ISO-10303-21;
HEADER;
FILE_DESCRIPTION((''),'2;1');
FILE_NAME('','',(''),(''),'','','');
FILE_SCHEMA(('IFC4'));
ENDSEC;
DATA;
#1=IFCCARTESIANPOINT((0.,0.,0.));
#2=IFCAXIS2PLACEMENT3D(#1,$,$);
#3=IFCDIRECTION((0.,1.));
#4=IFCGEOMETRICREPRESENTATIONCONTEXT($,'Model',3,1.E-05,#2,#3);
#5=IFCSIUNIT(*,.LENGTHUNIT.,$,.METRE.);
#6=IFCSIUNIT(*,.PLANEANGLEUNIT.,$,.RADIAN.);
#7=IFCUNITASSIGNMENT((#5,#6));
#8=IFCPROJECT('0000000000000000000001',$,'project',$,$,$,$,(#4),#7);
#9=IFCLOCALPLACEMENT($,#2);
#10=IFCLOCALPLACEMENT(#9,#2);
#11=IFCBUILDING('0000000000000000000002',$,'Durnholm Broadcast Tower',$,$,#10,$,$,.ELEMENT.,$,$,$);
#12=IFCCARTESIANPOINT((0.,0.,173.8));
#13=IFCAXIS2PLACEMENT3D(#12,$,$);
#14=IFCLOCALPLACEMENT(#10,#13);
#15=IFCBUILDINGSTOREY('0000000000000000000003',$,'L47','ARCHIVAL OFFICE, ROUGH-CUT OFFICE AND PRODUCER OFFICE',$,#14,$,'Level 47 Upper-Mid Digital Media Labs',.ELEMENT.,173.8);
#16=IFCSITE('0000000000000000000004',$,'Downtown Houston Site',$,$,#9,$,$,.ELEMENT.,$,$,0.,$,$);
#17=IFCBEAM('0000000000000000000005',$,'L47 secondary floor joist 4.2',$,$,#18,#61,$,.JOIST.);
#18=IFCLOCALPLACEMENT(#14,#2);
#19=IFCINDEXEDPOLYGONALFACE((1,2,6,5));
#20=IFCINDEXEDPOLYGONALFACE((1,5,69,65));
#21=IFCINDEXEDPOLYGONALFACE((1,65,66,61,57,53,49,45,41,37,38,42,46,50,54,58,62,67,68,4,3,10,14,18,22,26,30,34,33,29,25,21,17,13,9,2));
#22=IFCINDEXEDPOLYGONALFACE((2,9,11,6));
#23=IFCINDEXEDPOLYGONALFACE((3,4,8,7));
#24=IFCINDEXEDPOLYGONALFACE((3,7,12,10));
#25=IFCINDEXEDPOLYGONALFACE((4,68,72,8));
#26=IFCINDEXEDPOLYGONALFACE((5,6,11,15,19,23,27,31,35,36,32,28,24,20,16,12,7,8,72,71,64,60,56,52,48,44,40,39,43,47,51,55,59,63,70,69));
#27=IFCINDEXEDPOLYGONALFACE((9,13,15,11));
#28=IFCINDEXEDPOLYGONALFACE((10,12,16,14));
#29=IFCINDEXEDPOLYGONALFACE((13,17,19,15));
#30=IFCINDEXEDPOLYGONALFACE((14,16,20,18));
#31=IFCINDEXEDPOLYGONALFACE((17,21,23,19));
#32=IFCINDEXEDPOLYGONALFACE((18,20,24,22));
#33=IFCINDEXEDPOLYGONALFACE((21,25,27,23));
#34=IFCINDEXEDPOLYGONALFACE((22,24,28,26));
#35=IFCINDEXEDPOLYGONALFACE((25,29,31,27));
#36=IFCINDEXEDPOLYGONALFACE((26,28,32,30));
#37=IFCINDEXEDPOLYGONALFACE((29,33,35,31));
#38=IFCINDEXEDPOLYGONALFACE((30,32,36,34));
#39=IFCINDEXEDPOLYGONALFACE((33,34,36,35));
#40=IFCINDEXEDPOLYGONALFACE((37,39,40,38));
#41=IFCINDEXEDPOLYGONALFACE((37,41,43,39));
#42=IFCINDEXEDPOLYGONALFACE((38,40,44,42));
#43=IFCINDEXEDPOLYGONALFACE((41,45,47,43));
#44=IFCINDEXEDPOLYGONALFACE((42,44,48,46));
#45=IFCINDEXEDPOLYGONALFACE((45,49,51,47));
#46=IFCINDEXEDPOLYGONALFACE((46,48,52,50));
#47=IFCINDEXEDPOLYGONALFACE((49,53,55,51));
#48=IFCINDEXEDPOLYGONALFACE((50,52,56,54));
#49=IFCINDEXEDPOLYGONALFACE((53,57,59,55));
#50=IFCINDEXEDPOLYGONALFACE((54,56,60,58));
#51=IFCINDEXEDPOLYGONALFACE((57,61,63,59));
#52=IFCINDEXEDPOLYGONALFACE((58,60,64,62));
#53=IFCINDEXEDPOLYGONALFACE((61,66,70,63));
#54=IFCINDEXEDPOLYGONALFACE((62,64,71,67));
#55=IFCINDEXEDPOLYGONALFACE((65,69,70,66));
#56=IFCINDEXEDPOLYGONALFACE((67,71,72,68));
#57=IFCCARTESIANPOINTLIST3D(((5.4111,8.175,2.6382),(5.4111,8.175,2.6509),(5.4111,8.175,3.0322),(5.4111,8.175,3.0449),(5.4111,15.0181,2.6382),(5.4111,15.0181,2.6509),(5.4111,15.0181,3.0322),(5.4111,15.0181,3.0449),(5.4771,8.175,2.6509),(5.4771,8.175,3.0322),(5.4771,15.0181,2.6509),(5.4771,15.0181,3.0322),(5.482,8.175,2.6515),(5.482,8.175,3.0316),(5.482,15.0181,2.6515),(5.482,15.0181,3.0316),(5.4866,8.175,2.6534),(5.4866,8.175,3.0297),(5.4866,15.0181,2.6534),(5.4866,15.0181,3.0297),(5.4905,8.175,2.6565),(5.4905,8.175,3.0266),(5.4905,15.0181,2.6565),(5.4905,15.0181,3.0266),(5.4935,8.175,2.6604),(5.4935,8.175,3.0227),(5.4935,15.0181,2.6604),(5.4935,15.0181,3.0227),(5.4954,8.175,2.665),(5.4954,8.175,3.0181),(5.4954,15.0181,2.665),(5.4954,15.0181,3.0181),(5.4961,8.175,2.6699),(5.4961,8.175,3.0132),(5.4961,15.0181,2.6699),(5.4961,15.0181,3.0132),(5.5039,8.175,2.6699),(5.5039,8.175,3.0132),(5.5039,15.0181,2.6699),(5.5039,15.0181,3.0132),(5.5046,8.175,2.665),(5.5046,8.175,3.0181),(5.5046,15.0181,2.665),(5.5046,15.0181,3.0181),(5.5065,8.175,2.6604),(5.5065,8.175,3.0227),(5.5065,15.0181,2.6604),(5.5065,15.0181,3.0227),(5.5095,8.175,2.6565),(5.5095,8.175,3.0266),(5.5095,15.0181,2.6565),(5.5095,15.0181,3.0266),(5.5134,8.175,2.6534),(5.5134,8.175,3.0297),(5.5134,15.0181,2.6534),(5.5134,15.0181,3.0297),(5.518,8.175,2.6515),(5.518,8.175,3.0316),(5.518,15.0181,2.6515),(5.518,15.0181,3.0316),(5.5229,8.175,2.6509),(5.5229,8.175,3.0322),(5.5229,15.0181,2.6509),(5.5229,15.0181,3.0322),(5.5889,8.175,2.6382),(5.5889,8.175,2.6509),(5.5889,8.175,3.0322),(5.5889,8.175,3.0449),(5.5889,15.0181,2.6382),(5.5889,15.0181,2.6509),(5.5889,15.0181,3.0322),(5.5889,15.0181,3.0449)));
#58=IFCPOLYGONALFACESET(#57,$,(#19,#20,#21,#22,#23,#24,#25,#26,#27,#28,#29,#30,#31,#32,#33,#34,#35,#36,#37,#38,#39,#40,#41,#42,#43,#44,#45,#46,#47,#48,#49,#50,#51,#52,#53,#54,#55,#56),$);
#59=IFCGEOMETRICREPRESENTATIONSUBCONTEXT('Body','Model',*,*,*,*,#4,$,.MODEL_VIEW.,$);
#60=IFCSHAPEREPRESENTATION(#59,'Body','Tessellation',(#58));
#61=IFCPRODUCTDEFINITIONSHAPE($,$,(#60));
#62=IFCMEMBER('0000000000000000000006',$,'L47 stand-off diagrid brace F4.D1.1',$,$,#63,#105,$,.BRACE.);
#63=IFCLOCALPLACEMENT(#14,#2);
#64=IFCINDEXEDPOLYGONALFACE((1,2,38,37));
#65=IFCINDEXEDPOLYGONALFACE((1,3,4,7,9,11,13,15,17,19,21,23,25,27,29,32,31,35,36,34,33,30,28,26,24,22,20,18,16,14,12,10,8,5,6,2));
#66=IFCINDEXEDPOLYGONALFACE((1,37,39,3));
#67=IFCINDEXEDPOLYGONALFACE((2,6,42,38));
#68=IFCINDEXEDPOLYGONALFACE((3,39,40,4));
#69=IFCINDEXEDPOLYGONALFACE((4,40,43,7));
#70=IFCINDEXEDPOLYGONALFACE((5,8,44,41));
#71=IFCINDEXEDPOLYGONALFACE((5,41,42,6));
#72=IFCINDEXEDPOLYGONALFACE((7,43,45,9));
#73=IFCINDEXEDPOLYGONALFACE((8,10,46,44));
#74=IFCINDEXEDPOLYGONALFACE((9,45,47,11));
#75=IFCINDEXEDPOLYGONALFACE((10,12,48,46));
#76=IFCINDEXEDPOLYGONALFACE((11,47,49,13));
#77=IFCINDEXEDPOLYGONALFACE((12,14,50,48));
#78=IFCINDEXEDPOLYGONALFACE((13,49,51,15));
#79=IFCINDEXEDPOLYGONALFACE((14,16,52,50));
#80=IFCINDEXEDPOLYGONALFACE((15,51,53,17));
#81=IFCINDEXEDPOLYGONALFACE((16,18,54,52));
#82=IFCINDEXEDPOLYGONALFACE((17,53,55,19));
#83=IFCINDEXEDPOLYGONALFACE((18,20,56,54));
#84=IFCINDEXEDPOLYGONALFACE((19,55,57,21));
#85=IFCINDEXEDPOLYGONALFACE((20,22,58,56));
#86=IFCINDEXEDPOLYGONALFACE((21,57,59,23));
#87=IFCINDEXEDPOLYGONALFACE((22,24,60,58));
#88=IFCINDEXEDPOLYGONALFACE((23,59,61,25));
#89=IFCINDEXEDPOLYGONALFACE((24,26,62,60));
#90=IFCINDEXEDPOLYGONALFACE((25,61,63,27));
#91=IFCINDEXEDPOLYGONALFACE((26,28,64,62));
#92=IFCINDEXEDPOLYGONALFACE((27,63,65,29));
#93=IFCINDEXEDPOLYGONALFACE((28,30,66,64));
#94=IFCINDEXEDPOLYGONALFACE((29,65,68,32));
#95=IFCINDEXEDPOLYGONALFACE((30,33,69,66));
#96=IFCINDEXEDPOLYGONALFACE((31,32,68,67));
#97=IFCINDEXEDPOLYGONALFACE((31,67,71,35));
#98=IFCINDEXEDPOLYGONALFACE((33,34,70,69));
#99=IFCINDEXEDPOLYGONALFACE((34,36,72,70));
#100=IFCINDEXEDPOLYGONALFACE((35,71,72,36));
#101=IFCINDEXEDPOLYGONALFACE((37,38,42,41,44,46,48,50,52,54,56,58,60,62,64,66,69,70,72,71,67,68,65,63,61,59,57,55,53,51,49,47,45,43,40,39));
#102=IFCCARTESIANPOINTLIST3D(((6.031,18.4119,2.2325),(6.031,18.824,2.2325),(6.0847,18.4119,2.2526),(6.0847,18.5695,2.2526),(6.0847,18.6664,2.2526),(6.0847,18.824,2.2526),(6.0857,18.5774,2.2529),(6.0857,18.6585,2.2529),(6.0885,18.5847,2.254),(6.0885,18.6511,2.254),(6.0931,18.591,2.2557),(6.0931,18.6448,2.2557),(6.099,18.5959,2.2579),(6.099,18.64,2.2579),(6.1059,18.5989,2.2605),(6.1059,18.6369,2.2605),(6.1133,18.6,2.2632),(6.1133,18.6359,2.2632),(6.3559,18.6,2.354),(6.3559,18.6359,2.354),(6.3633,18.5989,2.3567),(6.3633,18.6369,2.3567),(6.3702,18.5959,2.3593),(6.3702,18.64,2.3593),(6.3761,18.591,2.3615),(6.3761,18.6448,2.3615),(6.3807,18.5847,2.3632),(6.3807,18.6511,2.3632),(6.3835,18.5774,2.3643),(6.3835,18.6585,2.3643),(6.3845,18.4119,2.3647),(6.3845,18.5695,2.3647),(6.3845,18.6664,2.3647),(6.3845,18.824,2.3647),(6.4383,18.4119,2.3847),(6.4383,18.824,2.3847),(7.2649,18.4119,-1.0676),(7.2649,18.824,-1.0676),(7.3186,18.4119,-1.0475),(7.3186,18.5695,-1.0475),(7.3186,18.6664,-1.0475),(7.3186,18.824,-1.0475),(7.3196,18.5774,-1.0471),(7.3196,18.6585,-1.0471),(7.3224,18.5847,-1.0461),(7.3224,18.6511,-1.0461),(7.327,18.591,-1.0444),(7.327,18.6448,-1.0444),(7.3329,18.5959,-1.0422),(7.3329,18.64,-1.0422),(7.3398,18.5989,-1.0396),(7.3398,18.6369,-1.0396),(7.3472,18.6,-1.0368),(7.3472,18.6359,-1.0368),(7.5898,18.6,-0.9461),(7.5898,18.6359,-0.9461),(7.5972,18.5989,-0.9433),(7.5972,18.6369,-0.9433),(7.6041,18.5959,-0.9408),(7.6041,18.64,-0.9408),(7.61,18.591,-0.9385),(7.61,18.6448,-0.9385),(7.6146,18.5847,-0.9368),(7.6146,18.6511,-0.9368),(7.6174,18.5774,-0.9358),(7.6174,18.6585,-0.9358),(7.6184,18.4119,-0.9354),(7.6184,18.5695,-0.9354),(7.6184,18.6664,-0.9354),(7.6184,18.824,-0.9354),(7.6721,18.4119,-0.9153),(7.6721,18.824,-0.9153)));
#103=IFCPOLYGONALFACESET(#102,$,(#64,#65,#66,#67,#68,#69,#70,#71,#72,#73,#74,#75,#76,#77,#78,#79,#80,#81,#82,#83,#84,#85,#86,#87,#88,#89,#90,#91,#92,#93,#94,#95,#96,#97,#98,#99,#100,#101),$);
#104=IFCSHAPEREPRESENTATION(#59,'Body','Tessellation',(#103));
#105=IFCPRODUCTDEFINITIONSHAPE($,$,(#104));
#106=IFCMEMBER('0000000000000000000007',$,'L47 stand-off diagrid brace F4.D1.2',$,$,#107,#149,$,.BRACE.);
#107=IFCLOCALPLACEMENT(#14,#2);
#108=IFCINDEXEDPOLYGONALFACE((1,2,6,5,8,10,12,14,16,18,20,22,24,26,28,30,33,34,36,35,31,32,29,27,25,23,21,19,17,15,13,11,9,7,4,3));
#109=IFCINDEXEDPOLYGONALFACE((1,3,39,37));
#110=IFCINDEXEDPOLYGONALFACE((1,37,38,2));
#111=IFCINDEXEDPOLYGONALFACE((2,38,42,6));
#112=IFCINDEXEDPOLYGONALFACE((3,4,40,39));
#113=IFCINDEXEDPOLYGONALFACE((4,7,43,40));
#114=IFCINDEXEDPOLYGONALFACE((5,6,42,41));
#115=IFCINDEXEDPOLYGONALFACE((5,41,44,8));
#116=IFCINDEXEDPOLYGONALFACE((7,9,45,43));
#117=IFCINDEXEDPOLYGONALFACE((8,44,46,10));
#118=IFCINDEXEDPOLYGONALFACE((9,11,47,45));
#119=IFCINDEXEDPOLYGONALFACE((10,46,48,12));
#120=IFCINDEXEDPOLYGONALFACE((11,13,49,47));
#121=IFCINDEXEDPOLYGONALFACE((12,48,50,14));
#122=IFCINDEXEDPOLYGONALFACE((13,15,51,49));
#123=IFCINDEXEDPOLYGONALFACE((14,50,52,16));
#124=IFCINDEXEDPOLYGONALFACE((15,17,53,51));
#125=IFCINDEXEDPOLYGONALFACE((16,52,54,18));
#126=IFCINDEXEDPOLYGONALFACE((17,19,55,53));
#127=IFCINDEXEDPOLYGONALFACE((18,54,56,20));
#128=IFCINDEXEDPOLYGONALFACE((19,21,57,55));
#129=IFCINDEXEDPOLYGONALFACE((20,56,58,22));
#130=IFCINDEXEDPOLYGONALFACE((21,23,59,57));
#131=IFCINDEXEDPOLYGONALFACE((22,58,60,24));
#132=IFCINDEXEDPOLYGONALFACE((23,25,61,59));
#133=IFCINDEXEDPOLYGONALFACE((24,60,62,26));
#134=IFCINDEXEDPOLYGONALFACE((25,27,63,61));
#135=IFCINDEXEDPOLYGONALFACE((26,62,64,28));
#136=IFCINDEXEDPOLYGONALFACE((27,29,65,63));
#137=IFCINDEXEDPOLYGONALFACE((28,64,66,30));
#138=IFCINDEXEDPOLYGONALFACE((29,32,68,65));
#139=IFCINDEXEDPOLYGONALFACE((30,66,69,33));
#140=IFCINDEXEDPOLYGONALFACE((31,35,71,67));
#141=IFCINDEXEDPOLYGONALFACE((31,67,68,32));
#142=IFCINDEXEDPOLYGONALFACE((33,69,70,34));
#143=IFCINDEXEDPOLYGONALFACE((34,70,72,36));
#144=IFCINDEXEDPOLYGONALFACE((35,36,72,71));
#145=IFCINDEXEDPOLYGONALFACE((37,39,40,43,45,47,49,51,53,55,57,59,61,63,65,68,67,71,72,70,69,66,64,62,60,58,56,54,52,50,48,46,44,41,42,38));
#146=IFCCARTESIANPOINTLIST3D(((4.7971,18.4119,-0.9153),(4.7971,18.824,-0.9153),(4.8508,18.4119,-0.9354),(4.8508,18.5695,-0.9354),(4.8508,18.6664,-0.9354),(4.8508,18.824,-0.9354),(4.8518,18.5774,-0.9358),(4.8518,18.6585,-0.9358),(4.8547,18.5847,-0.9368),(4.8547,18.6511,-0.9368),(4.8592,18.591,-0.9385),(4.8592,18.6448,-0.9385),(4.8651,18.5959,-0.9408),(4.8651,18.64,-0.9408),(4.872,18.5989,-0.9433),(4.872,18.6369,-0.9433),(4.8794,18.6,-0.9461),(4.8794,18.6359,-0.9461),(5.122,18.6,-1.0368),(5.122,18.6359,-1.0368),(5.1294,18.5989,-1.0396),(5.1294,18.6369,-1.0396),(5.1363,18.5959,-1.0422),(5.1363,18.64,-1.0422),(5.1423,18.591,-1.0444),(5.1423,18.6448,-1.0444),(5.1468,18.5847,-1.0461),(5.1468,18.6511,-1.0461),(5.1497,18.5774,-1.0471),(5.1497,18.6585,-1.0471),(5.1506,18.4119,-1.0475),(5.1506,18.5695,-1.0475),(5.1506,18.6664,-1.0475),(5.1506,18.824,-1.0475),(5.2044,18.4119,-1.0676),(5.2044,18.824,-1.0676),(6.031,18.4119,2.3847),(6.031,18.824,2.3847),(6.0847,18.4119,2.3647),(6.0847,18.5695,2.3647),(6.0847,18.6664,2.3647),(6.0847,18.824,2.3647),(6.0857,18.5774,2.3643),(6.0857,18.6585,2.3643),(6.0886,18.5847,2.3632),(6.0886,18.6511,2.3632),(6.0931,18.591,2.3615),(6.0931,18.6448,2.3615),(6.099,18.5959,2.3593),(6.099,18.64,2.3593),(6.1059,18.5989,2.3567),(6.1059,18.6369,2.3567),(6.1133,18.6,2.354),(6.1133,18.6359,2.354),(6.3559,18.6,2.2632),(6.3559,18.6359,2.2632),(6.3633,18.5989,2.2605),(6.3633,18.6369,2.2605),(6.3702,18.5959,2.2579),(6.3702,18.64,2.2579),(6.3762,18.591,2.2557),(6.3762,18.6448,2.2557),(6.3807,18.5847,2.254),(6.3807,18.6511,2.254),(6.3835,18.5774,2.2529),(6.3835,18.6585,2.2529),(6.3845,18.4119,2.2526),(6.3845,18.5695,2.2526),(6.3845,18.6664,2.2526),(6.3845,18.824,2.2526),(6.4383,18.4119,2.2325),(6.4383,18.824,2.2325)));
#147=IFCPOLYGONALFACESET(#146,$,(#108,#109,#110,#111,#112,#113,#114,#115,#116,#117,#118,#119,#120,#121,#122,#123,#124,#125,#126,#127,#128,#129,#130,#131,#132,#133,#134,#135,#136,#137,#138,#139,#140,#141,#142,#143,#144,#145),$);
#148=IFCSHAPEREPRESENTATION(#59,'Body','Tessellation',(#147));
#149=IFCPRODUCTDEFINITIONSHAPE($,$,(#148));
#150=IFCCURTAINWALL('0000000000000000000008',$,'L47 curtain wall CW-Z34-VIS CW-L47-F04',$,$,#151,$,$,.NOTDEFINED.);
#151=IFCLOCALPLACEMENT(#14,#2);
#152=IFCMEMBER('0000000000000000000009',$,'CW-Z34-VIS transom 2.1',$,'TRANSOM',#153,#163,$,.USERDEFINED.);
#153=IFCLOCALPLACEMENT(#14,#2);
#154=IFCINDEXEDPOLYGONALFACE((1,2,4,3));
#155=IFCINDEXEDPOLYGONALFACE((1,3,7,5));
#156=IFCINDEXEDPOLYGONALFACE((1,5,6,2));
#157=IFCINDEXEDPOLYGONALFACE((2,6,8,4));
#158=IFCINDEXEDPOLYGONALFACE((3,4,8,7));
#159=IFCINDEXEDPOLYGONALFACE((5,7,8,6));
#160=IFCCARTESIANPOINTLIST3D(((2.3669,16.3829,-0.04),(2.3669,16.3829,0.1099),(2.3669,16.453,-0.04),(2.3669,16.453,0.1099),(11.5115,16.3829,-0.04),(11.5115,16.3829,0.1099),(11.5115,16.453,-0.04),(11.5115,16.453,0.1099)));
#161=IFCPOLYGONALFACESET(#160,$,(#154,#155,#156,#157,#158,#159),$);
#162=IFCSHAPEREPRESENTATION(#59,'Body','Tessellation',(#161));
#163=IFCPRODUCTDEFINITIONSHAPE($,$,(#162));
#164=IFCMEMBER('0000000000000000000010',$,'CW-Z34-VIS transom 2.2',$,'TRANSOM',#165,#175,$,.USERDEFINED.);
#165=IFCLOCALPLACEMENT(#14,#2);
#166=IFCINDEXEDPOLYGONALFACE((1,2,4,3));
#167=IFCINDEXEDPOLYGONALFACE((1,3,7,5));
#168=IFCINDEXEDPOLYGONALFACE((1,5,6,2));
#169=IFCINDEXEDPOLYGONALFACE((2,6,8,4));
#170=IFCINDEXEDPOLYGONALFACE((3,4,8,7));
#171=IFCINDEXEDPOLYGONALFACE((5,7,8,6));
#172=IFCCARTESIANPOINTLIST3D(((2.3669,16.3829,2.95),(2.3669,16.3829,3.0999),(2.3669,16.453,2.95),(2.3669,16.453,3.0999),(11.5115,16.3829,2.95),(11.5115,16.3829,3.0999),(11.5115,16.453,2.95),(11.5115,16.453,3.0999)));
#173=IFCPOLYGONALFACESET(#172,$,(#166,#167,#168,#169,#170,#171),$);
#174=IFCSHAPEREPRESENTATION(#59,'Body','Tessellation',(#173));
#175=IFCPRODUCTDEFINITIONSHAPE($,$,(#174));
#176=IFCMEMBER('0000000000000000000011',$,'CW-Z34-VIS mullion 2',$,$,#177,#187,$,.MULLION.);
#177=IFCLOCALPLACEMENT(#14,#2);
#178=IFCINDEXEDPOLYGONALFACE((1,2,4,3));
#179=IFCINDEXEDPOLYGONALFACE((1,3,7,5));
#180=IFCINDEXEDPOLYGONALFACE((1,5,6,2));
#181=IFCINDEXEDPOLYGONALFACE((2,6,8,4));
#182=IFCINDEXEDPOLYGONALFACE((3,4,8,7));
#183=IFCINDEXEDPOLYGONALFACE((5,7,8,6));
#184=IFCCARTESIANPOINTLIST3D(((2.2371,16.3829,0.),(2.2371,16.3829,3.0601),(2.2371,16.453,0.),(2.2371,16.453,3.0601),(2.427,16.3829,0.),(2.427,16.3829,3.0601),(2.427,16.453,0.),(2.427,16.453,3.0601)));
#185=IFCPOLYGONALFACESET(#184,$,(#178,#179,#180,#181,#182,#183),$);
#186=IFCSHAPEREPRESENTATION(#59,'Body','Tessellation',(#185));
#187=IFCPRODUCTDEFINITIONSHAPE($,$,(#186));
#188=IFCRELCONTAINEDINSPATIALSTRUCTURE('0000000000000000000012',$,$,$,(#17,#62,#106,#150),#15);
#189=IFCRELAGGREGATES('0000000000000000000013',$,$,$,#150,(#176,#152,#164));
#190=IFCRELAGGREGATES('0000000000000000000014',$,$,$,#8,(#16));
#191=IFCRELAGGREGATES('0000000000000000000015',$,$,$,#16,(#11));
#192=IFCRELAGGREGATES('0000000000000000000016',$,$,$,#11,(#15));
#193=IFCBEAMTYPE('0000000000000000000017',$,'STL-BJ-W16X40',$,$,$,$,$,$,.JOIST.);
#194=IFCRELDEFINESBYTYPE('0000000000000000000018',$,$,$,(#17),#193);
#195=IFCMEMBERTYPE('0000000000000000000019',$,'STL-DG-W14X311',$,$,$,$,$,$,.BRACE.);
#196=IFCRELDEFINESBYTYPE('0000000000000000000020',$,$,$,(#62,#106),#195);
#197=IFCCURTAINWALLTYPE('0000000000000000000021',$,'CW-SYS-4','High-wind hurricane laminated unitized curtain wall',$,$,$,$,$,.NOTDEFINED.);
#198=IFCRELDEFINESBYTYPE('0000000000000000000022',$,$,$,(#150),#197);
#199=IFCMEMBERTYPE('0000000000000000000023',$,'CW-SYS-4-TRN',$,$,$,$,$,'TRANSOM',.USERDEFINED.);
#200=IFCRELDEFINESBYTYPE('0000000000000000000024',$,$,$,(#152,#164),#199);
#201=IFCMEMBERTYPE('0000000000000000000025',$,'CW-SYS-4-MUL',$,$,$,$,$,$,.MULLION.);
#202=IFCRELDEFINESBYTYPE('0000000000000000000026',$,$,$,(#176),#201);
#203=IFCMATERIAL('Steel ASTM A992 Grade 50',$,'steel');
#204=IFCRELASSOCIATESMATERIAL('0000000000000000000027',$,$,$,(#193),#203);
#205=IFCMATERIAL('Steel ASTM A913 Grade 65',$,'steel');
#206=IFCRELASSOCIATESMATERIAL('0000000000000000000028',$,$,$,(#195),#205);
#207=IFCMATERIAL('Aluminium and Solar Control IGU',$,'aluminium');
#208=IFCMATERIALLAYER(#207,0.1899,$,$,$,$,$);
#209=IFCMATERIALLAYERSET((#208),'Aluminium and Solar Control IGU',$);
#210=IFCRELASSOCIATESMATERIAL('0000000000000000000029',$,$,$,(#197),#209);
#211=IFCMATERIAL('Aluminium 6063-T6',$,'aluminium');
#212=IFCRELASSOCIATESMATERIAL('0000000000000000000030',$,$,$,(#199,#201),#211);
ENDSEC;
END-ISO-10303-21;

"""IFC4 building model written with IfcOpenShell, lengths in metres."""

from ifc_helpers import new_model, si_unit, direction, frame, origin, origin_2d, place, context, subcontext, project, spatial, rectangle, i_section, extrude, source, transform, mapped, material, layer, layer_set, material_profile, profile_set, type_object, type_shapes, element, aggregate, save


model = new_model("IFC4")

# Units and contexts
model_context = context("Model", 3, precision=1e-05, world=origin(), true_north=direction((0.0, 1.0)))
body_context = subcontext(model_context, "Body", "Model", "MODEL_VIEW")
ifc_project = project(units=[si_unit("LENGTHUNIT", "METRE"), si_unit("PLANEANGLEUNIT", "RADIAN")], contexts=[model_context])

# Site, building, storey
site_placement = place(None, origin())
site = spatial("IfcSite", under=ifc_project, at=site_placement, Name="Downtown Houston Site", CompositionType="ELEMENT", RefElevation=0.0)
building_placement = place(site_placement, origin())
building = spatial("IfcBuilding", under=site, at=building_placement, Name="Durnholm Broadcast Tower", CompositionType="ELEMENT")
storey_placement = place(building_placement, frame((0.0, 0.0, 173.8)))
storey = spatial("IfcBuildingStorey", under=building, at=storey_placement, Name="L47", Description="ARCHIVAL OFFICE, ROUGH-CUT OFFICE AND PRODUCER OFFICE", LongName="Level 47 Upper-Mid Digital Media Labs", CompositionType="ELEMENT", Elevation=173.8)

# Beam
ifc_material_1 = material(Name="Steel ASTM A992 Grade 50", Category="steel")
ifc_material_profile_1 = material_profile(ifc_material_1, i_section(OverallWidth=0.1777, OverallDepth=0.4067, WebThickness=0.0078, FlangeThickness=0.0127, FilletRadius=0.019, at=origin_2d()), Name="W16X40")
ifc_profile_set_1 = profile_set([ifc_material_profile_1], Name="Steel ASTM A992 Grade 50")
beam_type_1 = type_object("IfcBeamType", Name="STL-BJ-W16X40", PredefinedType="JOIST", material=ifc_profile_set_1)
shared_shape_1 = source(origin(), body_context, "Body", "SweptSolid", [
    extrude(i_section(OverallWidth=0.1777, OverallDepth=0.4067, WebThickness=0.0078, FlangeThickness=0.0127, FilletRadius=0.019, at=origin_2d()), origin(), (0.0, 0.0, 1.0), 6.843),
])
type_shapes(beam_type_1, [shared_shape_1])
beam_1_placement = place(storey_placement, frame((5.5, 8.175, 2.8416), z_axis=(0.0, 1.0, 0.0), x_axis=(-1.0, 0.0, 0.0)))
element("IfcBeam", 1, at=beam_1_placement, inside=storey, type_object=beam_type_1, Name="L47 secondary floor joist 4.2", PredefinedType="JOIST", context=body_context, shape_type="MappedRepresentation", body=[
    mapped(shared_shape_1, transform((0.0, 0.0, 0.0), x_axis=(1.0, 0.0, 0.0), y_axis=(0.0, 1.0, 0.0), z_axis=(0.0, 0.0, 1.0), scale=1.0)),
])

# Members
ifc_material_2 = material(Name="Steel ASTM A913 Grade 65", Category="steel")
ifc_material_profile_2 = material_profile(ifc_material_2, i_section(OverallWidth=0.4121, OverallDepth=0.4348, WebThickness=0.0359, FlangeThickness=0.0574, FilletRadius=0.0305, at=origin_2d()), Name="W14X311")
ifc_profile_set_2 = profile_set([ifc_material_profile_2], Name="Steel ASTM A913 Grade 65")
member_type_1 = type_object("IfcMemberType", Name="STL-DG-W14X311", PredefinedType="BRACE", material=ifc_profile_set_2)
shared_shape_2 = source(origin(), body_context, "Body", "SweptSolid", [
    extrude(i_section(OverallWidth=0.4121, OverallDepth=0.4348, WebThickness=0.0359, FlangeThickness=0.0574, FilletRadius=0.0305, at=origin_2d()), origin(), (0.0, 0.0, 1.0), 3.5232),
])
type_shapes(member_type_1, [shared_shape_2])
for number, where, z_axis, x_axis, name in (
    (2, (7.4685, 18.6179, -0.9915), (-0.35022, 0.0, 0.936668), (0.0, -1.0, 0.0), "L47 stand-off diagrid brace F4.D1.1"),
    (3, (5.0007, 18.6179, -0.9915), (0.35022, 0.0, 0.936668), (0.0, 1.0, 0.0), "L47 stand-off diagrid brace F4.D1.2"),
):
    element("IfcMember", number, at=place(storey_placement, frame(where, z_axis=z_axis, x_axis=x_axis)), inside=storey, type_object=member_type_1, Name=name, PredefinedType="BRACE", context=body_context, shape_type="MappedRepresentation", body=[
        mapped(shared_shape_2, transform((0.0, 0.0, 0.0), x_axis=(1.0, 0.0, 0.0), y_axis=(0.0, 1.0, 0.0), z_axis=(0.0, 0.0, 1.0), scale=1.0)),
    ])

# Curtain wall, members
ifc_material_3 = material(Name="Aluminium and Solar Control IGU", Category="aluminium")
ifc_layer_1 = layer(ifc_material_3, 0.1899)
ifc_layer_set_1 = layer_set([ifc_layer_1], Name="Aluminium and Solar Control IGU")
curtain_wall_type = type_object("IfcCurtainWallType", Name="CW-SYS-4", Description="High-wind hurricane laminated unitized curtain wall", PredefinedType="NOTDEFINED", material=ifc_layer_set_1)
curtain_wall_placement = place(storey_placement, origin())
curtain_wall = element("IfcCurtainWall", 4, at=curtain_wall_placement, inside=storey, type_object=curtain_wall_type, Name="L47 curtain wall CW-Z34-VIS CW-L47-F04", PredefinedType="NOTDEFINED")
ifc_material_4 = material(Name="Aluminium 6063-T6", Category="aluminium")
ifc_material_profile_3 = material_profile(ifc_material_4, rectangle(XDim=0.0701, YDim=0.1499, at=origin_2d()), Name="CWT70X150")
ifc_profile_set_3 = profile_set([ifc_material_profile_3], Name="Aluminium 6063-T6")
member_type_2 = type_object("IfcMemberType", Name="CW-SYS-4-TRN", ElementType="TRANSOM", PredefinedType="USERDEFINED", material=ifc_profile_set_3)
shared_shape_3 = source(origin(), body_context, "Body", "SweptSolid", [
    extrude(rectangle(XDim=0.0701, YDim=0.1499, at=origin_2d()), origin(), (0.0, 0.0, 1.0), 9.1445),
])
type_shapes(member_type_2, [shared_shape_3])
member_1_placement = place(storey_placement, frame((2.3669, 16.418, 0.0349), z_axis=(1.0, 0.0, 0.0), x_axis=(0.0, 1.0, 0.0)))
member_1 = element("IfcMember", 5, at=member_1_placement, type_object=member_type_2, Name="CW-Z34-VIS transom 2.1", ObjectType="TRANSOM", PredefinedType="USERDEFINED", context=body_context, shape_type="MappedRepresentation", body=[
    mapped(shared_shape_3, transform((0.0, 0.0, 0.0), x_axis=(1.0, 0.0, 0.0), y_axis=(0.0, 1.0, 0.0), z_axis=(0.0, 0.0, 1.0), scale=1.0)),
])
member_2_placement = place(storey_placement, frame((2.3669, 16.418, 3.0249), z_axis=(1.0, 0.0, 0.0), x_axis=(0.0, 1.0, 0.0)))
member_2 = element("IfcMember", 6, at=member_2_placement, type_object=member_type_2, Name="CW-Z34-VIS transom 2.2", ObjectType="TRANSOM", PredefinedType="USERDEFINED", context=body_context, shape_type="MappedRepresentation", body=[
    mapped(shared_shape_3, transform((0.0, 0.0, 0.0), x_axis=(1.0, 0.0, 0.0), y_axis=(0.0, 1.0, 0.0), z_axis=(0.0, 0.0, 1.0), scale=1.0)),
])
ifc_material_profile_4 = material_profile(ifc_material_4, rectangle(XDim=0.0701, YDim=0.1899, at=origin_2d()), Name="CWM70X190")
ifc_profile_set_4 = profile_set([ifc_material_profile_4], Name="Aluminium 6063-T6")
member_type_3 = type_object("IfcMemberType", Name="CW-SYS-4-MUL", PredefinedType="MULLION", material=ifc_profile_set_4)
shared_shape_4 = source(origin(), body_context, "Body", "SweptSolid", [
    extrude(rectangle(XDim=0.0701, YDim=0.1899, at=origin_2d()), origin(), (0.0, 0.0, 1.0), 3.0601),
])
type_shapes(member_type_3, [shared_shape_4])
member_3_placement = place(storey_placement, frame((2.332, 16.418, 0.0), z_axis=(0.0, 0.0, 1.0), x_axis=(0.0, 1.0, 0.0)))
member_3 = element("IfcMember", 7, at=member_3_placement, type_object=member_type_3, Name="CW-Z34-VIS mullion 2", PredefinedType="MULLION", context=body_context, shape_type="MappedRepresentation", body=[
    mapped(shared_shape_4, transform((0.0, 0.0, 0.0), x_axis=(1.0, 0.0, 0.0), y_axis=(0.0, 1.0, 0.0), z_axis=(0.0, 0.0, 1.0), scale=1.0)),
])

aggregate(curtain_wall, [member_3, member_1, member_2])

save(model, "model.ifc")
